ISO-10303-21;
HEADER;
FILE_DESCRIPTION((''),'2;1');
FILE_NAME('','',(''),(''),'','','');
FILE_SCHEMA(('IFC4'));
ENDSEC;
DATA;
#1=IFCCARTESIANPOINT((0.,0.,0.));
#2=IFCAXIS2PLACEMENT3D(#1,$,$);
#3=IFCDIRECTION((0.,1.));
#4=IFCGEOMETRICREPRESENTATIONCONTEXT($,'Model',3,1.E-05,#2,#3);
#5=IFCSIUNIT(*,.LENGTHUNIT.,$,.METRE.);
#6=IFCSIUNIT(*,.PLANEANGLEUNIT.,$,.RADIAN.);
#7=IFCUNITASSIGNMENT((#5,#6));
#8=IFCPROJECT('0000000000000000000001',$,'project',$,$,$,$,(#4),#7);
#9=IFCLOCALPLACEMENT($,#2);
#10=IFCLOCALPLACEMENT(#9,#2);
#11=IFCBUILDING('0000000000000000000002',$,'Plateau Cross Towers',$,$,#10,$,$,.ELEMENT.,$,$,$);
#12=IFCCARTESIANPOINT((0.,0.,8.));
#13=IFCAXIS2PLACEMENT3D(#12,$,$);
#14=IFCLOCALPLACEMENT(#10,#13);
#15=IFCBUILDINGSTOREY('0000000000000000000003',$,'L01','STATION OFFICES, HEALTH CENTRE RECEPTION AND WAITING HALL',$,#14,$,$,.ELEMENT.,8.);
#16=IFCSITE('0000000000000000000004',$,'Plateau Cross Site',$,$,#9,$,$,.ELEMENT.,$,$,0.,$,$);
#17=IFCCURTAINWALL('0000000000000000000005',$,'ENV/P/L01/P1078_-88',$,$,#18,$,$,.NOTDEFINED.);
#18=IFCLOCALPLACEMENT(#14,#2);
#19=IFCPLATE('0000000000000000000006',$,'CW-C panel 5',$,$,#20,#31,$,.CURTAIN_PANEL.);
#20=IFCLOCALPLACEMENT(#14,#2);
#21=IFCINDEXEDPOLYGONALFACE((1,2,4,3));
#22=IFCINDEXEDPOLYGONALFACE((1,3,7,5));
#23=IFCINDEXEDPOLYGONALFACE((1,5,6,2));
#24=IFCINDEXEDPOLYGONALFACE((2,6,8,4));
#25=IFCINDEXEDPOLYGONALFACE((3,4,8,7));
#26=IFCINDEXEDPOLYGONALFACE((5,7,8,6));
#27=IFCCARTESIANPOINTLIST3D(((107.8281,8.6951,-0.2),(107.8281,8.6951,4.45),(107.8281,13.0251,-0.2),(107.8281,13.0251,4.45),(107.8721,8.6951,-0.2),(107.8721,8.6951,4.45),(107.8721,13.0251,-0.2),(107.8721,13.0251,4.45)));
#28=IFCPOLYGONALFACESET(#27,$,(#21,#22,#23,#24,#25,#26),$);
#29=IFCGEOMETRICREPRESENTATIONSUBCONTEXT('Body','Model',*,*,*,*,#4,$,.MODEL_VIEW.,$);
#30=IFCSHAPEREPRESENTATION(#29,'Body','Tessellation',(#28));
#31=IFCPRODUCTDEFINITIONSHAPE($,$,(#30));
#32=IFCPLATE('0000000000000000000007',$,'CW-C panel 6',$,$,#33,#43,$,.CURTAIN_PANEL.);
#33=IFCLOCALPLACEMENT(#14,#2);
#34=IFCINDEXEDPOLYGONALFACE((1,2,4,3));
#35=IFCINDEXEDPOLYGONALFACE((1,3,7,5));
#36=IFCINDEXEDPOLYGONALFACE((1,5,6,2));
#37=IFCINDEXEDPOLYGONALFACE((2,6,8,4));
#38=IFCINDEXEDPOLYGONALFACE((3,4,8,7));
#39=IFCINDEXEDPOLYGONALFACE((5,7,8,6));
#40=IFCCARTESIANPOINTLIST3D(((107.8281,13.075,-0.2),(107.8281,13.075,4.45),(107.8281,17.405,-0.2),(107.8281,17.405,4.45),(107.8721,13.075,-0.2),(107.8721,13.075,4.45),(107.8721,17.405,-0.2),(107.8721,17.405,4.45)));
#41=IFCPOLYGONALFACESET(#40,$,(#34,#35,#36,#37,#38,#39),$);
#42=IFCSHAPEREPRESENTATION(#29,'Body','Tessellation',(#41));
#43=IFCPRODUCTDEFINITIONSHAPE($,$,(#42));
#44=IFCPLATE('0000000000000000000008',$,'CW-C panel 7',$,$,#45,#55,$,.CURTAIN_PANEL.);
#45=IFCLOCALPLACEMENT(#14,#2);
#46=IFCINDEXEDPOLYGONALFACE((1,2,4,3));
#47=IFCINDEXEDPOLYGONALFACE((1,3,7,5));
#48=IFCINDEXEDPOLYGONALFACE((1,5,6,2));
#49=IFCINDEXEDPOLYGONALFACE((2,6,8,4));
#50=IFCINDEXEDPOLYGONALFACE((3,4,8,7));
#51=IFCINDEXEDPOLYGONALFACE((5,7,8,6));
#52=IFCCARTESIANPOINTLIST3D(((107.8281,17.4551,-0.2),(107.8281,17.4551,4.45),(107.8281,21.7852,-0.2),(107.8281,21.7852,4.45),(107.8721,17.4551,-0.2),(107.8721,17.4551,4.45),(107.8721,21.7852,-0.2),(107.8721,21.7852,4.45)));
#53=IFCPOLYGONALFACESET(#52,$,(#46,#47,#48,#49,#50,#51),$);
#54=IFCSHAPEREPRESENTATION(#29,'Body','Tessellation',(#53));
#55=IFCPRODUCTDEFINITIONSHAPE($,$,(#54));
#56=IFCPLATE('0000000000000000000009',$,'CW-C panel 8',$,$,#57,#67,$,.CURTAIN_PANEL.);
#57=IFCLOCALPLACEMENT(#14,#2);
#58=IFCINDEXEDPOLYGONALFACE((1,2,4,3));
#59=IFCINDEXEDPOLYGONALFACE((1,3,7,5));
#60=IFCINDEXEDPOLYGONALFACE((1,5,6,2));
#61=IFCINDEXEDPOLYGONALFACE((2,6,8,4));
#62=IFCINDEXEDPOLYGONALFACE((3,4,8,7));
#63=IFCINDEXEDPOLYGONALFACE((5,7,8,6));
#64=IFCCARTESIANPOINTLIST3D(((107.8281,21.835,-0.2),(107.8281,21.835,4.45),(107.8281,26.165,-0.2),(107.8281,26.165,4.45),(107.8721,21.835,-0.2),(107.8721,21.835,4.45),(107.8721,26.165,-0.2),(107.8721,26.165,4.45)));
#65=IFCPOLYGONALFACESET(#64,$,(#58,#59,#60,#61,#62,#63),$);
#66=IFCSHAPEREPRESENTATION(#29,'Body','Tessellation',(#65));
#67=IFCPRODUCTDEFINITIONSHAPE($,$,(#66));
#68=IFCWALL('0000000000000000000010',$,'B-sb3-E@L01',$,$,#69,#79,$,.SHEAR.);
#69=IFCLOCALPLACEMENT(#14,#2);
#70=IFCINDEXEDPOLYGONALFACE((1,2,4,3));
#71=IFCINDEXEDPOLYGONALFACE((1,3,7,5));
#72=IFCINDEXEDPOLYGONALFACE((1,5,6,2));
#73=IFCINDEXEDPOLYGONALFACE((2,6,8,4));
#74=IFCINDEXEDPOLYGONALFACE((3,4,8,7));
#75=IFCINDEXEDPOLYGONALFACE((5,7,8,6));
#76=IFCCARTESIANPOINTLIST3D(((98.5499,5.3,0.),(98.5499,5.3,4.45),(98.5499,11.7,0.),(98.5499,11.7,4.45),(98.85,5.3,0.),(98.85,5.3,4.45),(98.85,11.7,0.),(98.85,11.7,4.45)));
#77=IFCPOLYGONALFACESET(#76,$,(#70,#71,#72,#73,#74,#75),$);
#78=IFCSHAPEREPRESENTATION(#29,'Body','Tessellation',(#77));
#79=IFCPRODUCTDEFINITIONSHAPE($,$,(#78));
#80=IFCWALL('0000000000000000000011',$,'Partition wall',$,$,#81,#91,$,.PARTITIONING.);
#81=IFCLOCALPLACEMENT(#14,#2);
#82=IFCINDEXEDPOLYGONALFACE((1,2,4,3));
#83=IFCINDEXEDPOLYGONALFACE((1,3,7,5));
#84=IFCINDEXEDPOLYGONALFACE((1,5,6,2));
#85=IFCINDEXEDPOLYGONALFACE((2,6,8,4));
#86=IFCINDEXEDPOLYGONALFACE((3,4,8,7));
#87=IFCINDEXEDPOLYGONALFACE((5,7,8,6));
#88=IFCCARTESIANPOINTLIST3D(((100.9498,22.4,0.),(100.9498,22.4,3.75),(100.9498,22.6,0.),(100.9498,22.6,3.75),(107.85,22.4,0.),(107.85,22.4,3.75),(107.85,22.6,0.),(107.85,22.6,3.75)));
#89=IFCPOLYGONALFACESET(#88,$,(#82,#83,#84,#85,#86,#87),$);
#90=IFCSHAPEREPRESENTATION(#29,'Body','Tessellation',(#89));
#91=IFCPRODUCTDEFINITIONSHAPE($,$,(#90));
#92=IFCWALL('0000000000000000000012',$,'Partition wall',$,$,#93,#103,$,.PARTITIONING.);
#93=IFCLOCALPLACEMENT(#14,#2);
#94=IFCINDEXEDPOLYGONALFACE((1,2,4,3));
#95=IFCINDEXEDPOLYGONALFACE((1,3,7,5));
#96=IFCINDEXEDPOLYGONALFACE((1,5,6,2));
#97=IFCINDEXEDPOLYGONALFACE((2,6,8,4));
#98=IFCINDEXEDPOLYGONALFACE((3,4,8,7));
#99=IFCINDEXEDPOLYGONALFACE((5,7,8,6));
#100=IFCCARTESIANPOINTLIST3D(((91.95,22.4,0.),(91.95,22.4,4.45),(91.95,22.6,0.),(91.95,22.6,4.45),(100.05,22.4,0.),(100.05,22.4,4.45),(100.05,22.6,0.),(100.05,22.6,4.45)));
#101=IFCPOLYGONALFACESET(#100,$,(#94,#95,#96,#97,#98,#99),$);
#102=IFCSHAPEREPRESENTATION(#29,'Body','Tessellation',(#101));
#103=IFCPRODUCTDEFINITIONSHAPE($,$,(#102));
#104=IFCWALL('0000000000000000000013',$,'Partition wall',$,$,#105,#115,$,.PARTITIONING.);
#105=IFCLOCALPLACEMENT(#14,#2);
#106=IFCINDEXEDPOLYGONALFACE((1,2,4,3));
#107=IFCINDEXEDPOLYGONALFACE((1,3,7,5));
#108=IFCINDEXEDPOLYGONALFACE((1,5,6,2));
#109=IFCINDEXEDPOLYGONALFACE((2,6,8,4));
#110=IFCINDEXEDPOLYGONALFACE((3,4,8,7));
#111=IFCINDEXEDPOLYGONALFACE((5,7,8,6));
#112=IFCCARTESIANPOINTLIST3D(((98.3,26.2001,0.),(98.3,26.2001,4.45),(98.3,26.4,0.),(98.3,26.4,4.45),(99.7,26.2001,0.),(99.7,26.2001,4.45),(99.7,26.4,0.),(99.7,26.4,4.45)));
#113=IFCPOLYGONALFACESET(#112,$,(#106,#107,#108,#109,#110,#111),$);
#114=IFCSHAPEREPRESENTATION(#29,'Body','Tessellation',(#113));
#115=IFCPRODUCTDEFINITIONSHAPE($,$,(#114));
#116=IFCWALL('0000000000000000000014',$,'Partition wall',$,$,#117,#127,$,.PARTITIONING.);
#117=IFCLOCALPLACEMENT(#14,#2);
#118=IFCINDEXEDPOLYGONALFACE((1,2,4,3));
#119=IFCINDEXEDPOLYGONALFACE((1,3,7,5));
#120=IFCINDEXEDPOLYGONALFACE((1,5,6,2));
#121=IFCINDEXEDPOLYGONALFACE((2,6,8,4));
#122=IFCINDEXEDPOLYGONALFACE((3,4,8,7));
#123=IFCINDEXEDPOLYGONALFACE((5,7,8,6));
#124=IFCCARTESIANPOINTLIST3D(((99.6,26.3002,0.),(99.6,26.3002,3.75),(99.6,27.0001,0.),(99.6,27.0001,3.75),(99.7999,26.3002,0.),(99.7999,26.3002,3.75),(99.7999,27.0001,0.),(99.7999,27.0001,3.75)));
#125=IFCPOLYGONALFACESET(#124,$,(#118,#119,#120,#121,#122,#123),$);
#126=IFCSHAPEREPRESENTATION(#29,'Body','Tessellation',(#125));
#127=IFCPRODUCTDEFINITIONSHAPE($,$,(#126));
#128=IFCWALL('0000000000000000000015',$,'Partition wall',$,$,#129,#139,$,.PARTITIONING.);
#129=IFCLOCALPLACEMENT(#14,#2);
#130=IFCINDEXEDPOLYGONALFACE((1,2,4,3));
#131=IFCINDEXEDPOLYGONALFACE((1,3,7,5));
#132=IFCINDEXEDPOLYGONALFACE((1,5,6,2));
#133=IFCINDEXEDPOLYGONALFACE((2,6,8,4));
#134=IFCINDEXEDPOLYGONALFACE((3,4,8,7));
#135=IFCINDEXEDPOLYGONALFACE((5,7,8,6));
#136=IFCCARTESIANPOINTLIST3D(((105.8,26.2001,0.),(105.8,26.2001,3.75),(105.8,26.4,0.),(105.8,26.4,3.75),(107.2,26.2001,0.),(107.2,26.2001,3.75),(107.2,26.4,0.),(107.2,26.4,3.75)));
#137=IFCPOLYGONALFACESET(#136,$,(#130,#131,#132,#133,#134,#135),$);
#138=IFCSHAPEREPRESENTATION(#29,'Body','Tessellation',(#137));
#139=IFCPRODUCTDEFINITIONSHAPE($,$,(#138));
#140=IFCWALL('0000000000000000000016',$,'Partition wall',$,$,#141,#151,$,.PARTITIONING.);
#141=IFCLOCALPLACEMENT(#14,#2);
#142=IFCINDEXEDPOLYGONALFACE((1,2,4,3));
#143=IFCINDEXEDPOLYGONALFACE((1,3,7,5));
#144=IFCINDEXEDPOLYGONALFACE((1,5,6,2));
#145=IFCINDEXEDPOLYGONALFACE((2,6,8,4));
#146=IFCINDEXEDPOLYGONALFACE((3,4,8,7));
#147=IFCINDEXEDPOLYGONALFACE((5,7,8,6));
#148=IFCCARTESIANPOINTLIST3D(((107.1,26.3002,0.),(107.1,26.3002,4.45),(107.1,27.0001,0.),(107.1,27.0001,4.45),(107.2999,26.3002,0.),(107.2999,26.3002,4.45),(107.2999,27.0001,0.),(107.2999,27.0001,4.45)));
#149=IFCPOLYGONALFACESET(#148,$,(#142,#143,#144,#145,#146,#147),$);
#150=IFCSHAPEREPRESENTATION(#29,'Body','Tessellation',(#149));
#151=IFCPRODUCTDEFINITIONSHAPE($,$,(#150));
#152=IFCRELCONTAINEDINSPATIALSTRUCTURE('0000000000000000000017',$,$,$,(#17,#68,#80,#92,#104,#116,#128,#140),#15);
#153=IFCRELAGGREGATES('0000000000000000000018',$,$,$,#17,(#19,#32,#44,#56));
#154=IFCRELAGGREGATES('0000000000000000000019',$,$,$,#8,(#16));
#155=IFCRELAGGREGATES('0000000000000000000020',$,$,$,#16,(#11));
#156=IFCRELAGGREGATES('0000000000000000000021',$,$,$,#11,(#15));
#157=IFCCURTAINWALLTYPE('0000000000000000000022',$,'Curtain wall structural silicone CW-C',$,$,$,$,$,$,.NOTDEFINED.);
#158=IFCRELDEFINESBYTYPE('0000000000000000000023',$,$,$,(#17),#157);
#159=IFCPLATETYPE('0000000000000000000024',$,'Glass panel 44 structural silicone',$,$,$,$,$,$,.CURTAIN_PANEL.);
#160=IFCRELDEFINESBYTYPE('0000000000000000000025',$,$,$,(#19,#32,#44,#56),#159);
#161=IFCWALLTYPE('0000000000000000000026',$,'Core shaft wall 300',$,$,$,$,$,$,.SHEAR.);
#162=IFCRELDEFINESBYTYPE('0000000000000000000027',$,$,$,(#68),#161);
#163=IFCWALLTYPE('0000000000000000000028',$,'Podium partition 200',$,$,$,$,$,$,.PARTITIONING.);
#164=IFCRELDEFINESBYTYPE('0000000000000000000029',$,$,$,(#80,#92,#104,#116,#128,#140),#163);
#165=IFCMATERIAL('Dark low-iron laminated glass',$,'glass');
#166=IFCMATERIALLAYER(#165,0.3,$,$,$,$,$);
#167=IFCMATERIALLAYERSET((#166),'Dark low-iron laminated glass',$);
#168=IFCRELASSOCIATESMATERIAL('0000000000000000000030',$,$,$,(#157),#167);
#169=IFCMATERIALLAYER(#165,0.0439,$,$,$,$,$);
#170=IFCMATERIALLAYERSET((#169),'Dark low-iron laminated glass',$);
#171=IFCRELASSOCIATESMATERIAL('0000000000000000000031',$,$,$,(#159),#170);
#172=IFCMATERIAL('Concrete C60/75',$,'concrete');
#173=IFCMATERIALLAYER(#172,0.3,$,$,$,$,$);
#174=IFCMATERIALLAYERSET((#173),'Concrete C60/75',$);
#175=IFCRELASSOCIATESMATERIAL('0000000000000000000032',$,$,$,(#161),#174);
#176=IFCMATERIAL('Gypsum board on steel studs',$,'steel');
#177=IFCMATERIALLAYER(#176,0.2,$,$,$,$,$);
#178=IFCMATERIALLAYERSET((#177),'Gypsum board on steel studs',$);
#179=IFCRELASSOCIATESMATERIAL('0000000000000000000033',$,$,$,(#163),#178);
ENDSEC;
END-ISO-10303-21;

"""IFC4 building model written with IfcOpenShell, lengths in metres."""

from ifc_helpers import new_model, si_unit, direction, frame, frame_2d, origin, origin_2d, place, context, subcontext, project, spatial, rectangle, extrude, material, layer, layer_set, type_object, element, aggregate, save


model = new_model("IFC4")

# Units and contexts
model_context = context("Model", 3, precision=1e-05, world=origin(), true_north=direction((0.0, 1.0)))
body_context = subcontext(model_context, "Body", "Model", "MODEL_VIEW")
ifc_project = project(units=[si_unit("LENGTHUNIT", "METRE"), si_unit("PLANEANGLEUNIT", "RADIAN")], contexts=[model_context])

# Site, building, storey
site_placement = place(None, origin())
site = spatial("IfcSite", under=ifc_project, at=site_placement, Name="Plateau Cross Site", CompositionType="ELEMENT", RefElevation=0.0)
building_placement = place(site_placement, origin())
building = spatial("IfcBuilding", under=site, at=building_placement, Name="Plateau Cross Towers", CompositionType="ELEMENT")
storey_placement = place(building_placement, frame((0.0, 0.0, 8.0)))
storey = spatial("IfcBuildingStorey", under=building, at=storey_placement, Name="L01", Description="STATION OFFICES, HEALTH CENTRE RECEPTION AND WAITING HALL", CompositionType="ELEMENT", Elevation=8.0)

# Shared definitions
ifc_material_1 = material(Name="Concrete C60/75", Category="concrete")

# Curtain wall
ifc_material_2 = material(Name="Dark low-iron laminated glass", Category="glass")
ifc_layer_1 = layer(ifc_material_2, 0.3)
ifc_layer_set_1 = layer_set([ifc_layer_1], Name="Dark low-iron laminated glass")
curtain_wall_type = type_object("IfcCurtainWallType", Name="Curtain wall structural silicone CW-C", PredefinedType="NOTDEFINED", material=ifc_layer_set_1)
curtain_wall_placement = place(storey_placement, origin())
curtain_wall = element("IfcCurtainWall", 1, at=curtain_wall_placement, inside=storey, type_object=curtain_wall_type, Name="ENV/P/L01/P1078_-88", PredefinedType="NOTDEFINED")

# Plates
ifc_layer_2 = layer(ifc_material_2, 0.0439)
ifc_layer_set_2 = layer_set([ifc_layer_2], Name="Dark low-iron laminated glass")
plate_type = type_object("IfcPlateType", Name="Glass panel 44 structural silicone", PredefinedType="CURTAIN_PANEL", material=ifc_layer_set_2)
plate_1_placement = place(storey_placement, frame((107.8501, 10.8601, -0.2), z_axis=(0.0, 0.0, 1.0), x_axis=(0.0, 1.0, 0.0)))
plate_1 = element("IfcPlate", 2, at=plate_1_placement, type_object=plate_type, Name="CW-C panel 5", PredefinedType="CURTAIN_PANEL", context=body_context, shape_type="SweptSolid", body=[
    extrude(rectangle(XDim=4.3301, YDim=0.0439, at=origin_2d()), origin(), (0.0, 0.0, 1.0), 4.6499),
])
plate_2_placement = place(storey_placement, frame((107.8501, 15.24, -0.2), z_axis=(0.0, 0.0, 1.0), x_axis=(0.0, 1.0, 0.0)))
plate_2 = element("IfcPlate", 3, at=plate_2_placement, type_object=plate_type, Name="CW-C panel 6", PredefinedType="CURTAIN_PANEL", context=body_context, shape_type="SweptSolid", body=[
    extrude(rectangle(XDim=4.3301, YDim=0.0439, at=origin_2d()), origin(), (0.0, 0.0, 1.0), 4.6499),
])
plate_3_placement = place(storey_placement, frame((107.8501, 19.6201, -0.2), z_axis=(0.0, 0.0, 1.0), x_axis=(0.0, 1.0, 0.0)))
plate_3 = element("IfcPlate", 4, at=plate_3_placement, type_object=plate_type, Name="CW-C panel 7", PredefinedType="CURTAIN_PANEL", context=body_context, shape_type="SweptSolid", body=[
    extrude(rectangle(XDim=4.3301, YDim=0.0439, at=origin_2d()), origin(), (0.0, 0.0, 1.0), 4.6499),
])
plate_4_placement = place(storey_placement, frame((107.8501, 24.0, -0.2), z_axis=(0.0, 0.0, 1.0), x_axis=(0.0, 1.0, 0.0)))
plate_4 = element("IfcPlate", 5, at=plate_4_placement, type_object=plate_type, Name="CW-C panel 8", PredefinedType="CURTAIN_PANEL", context=body_context, shape_type="SweptSolid", body=[
    extrude(rectangle(XDim=4.3301, YDim=0.0439, at=origin_2d()), origin(), (0.0, 0.0, 1.0), 4.6499),
])
aggregate(curtain_wall, [plate_1, plate_2, plate_3, plate_4])

# Walls
ifc_layer_3 = layer(ifc_material_1, 0.3)
ifc_layer_set_3 = layer_set([ifc_layer_3], Name="Concrete C60/75")
wall_type_1 = type_object("IfcWallType", Name="Core shaft wall 300", PredefinedType="SHEAR", material=ifc_layer_set_3)
wall_1_placement = place(storey_placement, frame((98.7, 5.3, 0.0), z_axis=(0.0, 0.0, 1.0), x_axis=(0.0, 1.0, 0.0)))
element("IfcWall", 6, at=wall_1_placement, inside=storey, type_object=wall_type_1, Name="B-sb3-E@L01", PredefinedType="SHEAR", context=body_context, shape_type="SweptSolid", body=[
    extrude(rectangle(XDim=6.3999, YDim=0.3, at=frame_2d((3.2, 0.0))), origin(), (0.0, 0.0, 1.0), 4.45),
])
ifc_material_3 = material(Name="Gypsum board on steel studs", Category="steel")
ifc_layer_4 = layer(ifc_material_3, 0.2)
ifc_layer_set_4 = layer_set([ifc_layer_4], Name="Gypsum board on steel studs")
wall_type_2 = type_object("IfcWallType", Name="Podium partition 200", PredefinedType="PARTITIONING", material=ifc_layer_set_4)
wall_2_placement = place(storey_placement, frame((107.8501, 22.5, 0.0), z_axis=(0.0, 0.0, 1.0), x_axis=(-1.0, 0.0, 0.0)))
element("IfcWall", 7, at=wall_2_placement, inside=storey, type_object=wall_type_2, Name="Partition wall", PredefinedType="PARTITIONING", context=body_context, shape_type="SweptSolid", body=[
    extrude(rectangle(XDim=6.9001, YDim=0.2, at=frame_2d((3.4502, 0.0))), origin(), (0.0, 0.0, 1.0), 3.75),
])
wall_3_placement = place(storey_placement, frame((100.05, 22.5, 0.0), z_axis=(0.0, 0.0, 1.0), x_axis=(-1.0, 0.0, 0.0)))
element("IfcWall", 8, at=wall_3_placement, inside=storey, type_object=wall_type_2, Name="Partition wall", PredefinedType="PARTITIONING", context=body_context, shape_type="SweptSolid", body=[
    extrude(rectangle(XDim=8.1001, YDim=0.2, at=frame_2d((4.05, 0.0))), origin(), (0.0, 0.0, 1.0), 4.45),
])
wall_4_placement = place(storey_placement, frame((98.3, 26.3, 0.0), z_axis=(0.0, 0.0, 1.0), x_axis=(1.0, 0.0, 0.0)))
element("IfcWall", 9, at=wall_4_placement, inside=storey, type_object=wall_type_2, Name="Partition wall", PredefinedType="PARTITIONING", context=body_context, shape_type="SweptSolid", body=[
    extrude(rectangle(XDim=1.3999, YDim=0.2, at=frame_2d((0.7, 0.0))), origin(), (0.0, 0.0, 1.0), 4.45),
])
wall_5_placement = place(storey_placement, frame((99.7, 26.3, 0.0), z_axis=(0.0, 0.0, 1.0), x_axis=(0.0, 1.0, 0.0)))
element("IfcWall", 10, at=wall_5_placement, inside=storey, type_object=wall_type_2, Name="Partition wall", PredefinedType="PARTITIONING", context=body_context, shape_type="SweptSolid", body=[
    extrude(rectangle(XDim=0.7, YDim=0.2, at=frame_2d((0.3501, 0.0))), origin(), (0.0, 0.0, 1.0), 3.75),
])
wall_6_placement = place(storey_placement, frame((105.8, 26.3, 0.0), z_axis=(0.0, 0.0, 1.0), x_axis=(1.0, 0.0, 0.0)))
element("IfcWall", 11, at=wall_6_placement, inside=storey, type_object=wall_type_2, Name="Partition wall", PredefinedType="PARTITIONING", context=body_context, shape_type="SweptSolid", body=[
    extrude(rectangle(XDim=1.3999, YDim=0.2, at=frame_2d((0.7, 0.0))), origin(), (0.0, 0.0, 1.0), 3.75),
])
wall_7_placement = place(storey_placement, frame((107.2, 26.3, 0.0), z_axis=(0.0, 0.0, 1.0), x_axis=(0.0, 1.0, 0.0)))
element("IfcWall", 12, at=wall_7_placement, inside=storey, type_object=wall_type_2, Name="Partition wall", PredefinedType="PARTITIONING", context=body_context, shape_type="SweptSolid", body=[
    extrude(rectangle(XDim=0.7, YDim=0.2, at=frame_2d((0.3501, 0.0))), origin(), (0.0, 0.0, 1.0), 4.45),
])

save(model, "model.ifc")
